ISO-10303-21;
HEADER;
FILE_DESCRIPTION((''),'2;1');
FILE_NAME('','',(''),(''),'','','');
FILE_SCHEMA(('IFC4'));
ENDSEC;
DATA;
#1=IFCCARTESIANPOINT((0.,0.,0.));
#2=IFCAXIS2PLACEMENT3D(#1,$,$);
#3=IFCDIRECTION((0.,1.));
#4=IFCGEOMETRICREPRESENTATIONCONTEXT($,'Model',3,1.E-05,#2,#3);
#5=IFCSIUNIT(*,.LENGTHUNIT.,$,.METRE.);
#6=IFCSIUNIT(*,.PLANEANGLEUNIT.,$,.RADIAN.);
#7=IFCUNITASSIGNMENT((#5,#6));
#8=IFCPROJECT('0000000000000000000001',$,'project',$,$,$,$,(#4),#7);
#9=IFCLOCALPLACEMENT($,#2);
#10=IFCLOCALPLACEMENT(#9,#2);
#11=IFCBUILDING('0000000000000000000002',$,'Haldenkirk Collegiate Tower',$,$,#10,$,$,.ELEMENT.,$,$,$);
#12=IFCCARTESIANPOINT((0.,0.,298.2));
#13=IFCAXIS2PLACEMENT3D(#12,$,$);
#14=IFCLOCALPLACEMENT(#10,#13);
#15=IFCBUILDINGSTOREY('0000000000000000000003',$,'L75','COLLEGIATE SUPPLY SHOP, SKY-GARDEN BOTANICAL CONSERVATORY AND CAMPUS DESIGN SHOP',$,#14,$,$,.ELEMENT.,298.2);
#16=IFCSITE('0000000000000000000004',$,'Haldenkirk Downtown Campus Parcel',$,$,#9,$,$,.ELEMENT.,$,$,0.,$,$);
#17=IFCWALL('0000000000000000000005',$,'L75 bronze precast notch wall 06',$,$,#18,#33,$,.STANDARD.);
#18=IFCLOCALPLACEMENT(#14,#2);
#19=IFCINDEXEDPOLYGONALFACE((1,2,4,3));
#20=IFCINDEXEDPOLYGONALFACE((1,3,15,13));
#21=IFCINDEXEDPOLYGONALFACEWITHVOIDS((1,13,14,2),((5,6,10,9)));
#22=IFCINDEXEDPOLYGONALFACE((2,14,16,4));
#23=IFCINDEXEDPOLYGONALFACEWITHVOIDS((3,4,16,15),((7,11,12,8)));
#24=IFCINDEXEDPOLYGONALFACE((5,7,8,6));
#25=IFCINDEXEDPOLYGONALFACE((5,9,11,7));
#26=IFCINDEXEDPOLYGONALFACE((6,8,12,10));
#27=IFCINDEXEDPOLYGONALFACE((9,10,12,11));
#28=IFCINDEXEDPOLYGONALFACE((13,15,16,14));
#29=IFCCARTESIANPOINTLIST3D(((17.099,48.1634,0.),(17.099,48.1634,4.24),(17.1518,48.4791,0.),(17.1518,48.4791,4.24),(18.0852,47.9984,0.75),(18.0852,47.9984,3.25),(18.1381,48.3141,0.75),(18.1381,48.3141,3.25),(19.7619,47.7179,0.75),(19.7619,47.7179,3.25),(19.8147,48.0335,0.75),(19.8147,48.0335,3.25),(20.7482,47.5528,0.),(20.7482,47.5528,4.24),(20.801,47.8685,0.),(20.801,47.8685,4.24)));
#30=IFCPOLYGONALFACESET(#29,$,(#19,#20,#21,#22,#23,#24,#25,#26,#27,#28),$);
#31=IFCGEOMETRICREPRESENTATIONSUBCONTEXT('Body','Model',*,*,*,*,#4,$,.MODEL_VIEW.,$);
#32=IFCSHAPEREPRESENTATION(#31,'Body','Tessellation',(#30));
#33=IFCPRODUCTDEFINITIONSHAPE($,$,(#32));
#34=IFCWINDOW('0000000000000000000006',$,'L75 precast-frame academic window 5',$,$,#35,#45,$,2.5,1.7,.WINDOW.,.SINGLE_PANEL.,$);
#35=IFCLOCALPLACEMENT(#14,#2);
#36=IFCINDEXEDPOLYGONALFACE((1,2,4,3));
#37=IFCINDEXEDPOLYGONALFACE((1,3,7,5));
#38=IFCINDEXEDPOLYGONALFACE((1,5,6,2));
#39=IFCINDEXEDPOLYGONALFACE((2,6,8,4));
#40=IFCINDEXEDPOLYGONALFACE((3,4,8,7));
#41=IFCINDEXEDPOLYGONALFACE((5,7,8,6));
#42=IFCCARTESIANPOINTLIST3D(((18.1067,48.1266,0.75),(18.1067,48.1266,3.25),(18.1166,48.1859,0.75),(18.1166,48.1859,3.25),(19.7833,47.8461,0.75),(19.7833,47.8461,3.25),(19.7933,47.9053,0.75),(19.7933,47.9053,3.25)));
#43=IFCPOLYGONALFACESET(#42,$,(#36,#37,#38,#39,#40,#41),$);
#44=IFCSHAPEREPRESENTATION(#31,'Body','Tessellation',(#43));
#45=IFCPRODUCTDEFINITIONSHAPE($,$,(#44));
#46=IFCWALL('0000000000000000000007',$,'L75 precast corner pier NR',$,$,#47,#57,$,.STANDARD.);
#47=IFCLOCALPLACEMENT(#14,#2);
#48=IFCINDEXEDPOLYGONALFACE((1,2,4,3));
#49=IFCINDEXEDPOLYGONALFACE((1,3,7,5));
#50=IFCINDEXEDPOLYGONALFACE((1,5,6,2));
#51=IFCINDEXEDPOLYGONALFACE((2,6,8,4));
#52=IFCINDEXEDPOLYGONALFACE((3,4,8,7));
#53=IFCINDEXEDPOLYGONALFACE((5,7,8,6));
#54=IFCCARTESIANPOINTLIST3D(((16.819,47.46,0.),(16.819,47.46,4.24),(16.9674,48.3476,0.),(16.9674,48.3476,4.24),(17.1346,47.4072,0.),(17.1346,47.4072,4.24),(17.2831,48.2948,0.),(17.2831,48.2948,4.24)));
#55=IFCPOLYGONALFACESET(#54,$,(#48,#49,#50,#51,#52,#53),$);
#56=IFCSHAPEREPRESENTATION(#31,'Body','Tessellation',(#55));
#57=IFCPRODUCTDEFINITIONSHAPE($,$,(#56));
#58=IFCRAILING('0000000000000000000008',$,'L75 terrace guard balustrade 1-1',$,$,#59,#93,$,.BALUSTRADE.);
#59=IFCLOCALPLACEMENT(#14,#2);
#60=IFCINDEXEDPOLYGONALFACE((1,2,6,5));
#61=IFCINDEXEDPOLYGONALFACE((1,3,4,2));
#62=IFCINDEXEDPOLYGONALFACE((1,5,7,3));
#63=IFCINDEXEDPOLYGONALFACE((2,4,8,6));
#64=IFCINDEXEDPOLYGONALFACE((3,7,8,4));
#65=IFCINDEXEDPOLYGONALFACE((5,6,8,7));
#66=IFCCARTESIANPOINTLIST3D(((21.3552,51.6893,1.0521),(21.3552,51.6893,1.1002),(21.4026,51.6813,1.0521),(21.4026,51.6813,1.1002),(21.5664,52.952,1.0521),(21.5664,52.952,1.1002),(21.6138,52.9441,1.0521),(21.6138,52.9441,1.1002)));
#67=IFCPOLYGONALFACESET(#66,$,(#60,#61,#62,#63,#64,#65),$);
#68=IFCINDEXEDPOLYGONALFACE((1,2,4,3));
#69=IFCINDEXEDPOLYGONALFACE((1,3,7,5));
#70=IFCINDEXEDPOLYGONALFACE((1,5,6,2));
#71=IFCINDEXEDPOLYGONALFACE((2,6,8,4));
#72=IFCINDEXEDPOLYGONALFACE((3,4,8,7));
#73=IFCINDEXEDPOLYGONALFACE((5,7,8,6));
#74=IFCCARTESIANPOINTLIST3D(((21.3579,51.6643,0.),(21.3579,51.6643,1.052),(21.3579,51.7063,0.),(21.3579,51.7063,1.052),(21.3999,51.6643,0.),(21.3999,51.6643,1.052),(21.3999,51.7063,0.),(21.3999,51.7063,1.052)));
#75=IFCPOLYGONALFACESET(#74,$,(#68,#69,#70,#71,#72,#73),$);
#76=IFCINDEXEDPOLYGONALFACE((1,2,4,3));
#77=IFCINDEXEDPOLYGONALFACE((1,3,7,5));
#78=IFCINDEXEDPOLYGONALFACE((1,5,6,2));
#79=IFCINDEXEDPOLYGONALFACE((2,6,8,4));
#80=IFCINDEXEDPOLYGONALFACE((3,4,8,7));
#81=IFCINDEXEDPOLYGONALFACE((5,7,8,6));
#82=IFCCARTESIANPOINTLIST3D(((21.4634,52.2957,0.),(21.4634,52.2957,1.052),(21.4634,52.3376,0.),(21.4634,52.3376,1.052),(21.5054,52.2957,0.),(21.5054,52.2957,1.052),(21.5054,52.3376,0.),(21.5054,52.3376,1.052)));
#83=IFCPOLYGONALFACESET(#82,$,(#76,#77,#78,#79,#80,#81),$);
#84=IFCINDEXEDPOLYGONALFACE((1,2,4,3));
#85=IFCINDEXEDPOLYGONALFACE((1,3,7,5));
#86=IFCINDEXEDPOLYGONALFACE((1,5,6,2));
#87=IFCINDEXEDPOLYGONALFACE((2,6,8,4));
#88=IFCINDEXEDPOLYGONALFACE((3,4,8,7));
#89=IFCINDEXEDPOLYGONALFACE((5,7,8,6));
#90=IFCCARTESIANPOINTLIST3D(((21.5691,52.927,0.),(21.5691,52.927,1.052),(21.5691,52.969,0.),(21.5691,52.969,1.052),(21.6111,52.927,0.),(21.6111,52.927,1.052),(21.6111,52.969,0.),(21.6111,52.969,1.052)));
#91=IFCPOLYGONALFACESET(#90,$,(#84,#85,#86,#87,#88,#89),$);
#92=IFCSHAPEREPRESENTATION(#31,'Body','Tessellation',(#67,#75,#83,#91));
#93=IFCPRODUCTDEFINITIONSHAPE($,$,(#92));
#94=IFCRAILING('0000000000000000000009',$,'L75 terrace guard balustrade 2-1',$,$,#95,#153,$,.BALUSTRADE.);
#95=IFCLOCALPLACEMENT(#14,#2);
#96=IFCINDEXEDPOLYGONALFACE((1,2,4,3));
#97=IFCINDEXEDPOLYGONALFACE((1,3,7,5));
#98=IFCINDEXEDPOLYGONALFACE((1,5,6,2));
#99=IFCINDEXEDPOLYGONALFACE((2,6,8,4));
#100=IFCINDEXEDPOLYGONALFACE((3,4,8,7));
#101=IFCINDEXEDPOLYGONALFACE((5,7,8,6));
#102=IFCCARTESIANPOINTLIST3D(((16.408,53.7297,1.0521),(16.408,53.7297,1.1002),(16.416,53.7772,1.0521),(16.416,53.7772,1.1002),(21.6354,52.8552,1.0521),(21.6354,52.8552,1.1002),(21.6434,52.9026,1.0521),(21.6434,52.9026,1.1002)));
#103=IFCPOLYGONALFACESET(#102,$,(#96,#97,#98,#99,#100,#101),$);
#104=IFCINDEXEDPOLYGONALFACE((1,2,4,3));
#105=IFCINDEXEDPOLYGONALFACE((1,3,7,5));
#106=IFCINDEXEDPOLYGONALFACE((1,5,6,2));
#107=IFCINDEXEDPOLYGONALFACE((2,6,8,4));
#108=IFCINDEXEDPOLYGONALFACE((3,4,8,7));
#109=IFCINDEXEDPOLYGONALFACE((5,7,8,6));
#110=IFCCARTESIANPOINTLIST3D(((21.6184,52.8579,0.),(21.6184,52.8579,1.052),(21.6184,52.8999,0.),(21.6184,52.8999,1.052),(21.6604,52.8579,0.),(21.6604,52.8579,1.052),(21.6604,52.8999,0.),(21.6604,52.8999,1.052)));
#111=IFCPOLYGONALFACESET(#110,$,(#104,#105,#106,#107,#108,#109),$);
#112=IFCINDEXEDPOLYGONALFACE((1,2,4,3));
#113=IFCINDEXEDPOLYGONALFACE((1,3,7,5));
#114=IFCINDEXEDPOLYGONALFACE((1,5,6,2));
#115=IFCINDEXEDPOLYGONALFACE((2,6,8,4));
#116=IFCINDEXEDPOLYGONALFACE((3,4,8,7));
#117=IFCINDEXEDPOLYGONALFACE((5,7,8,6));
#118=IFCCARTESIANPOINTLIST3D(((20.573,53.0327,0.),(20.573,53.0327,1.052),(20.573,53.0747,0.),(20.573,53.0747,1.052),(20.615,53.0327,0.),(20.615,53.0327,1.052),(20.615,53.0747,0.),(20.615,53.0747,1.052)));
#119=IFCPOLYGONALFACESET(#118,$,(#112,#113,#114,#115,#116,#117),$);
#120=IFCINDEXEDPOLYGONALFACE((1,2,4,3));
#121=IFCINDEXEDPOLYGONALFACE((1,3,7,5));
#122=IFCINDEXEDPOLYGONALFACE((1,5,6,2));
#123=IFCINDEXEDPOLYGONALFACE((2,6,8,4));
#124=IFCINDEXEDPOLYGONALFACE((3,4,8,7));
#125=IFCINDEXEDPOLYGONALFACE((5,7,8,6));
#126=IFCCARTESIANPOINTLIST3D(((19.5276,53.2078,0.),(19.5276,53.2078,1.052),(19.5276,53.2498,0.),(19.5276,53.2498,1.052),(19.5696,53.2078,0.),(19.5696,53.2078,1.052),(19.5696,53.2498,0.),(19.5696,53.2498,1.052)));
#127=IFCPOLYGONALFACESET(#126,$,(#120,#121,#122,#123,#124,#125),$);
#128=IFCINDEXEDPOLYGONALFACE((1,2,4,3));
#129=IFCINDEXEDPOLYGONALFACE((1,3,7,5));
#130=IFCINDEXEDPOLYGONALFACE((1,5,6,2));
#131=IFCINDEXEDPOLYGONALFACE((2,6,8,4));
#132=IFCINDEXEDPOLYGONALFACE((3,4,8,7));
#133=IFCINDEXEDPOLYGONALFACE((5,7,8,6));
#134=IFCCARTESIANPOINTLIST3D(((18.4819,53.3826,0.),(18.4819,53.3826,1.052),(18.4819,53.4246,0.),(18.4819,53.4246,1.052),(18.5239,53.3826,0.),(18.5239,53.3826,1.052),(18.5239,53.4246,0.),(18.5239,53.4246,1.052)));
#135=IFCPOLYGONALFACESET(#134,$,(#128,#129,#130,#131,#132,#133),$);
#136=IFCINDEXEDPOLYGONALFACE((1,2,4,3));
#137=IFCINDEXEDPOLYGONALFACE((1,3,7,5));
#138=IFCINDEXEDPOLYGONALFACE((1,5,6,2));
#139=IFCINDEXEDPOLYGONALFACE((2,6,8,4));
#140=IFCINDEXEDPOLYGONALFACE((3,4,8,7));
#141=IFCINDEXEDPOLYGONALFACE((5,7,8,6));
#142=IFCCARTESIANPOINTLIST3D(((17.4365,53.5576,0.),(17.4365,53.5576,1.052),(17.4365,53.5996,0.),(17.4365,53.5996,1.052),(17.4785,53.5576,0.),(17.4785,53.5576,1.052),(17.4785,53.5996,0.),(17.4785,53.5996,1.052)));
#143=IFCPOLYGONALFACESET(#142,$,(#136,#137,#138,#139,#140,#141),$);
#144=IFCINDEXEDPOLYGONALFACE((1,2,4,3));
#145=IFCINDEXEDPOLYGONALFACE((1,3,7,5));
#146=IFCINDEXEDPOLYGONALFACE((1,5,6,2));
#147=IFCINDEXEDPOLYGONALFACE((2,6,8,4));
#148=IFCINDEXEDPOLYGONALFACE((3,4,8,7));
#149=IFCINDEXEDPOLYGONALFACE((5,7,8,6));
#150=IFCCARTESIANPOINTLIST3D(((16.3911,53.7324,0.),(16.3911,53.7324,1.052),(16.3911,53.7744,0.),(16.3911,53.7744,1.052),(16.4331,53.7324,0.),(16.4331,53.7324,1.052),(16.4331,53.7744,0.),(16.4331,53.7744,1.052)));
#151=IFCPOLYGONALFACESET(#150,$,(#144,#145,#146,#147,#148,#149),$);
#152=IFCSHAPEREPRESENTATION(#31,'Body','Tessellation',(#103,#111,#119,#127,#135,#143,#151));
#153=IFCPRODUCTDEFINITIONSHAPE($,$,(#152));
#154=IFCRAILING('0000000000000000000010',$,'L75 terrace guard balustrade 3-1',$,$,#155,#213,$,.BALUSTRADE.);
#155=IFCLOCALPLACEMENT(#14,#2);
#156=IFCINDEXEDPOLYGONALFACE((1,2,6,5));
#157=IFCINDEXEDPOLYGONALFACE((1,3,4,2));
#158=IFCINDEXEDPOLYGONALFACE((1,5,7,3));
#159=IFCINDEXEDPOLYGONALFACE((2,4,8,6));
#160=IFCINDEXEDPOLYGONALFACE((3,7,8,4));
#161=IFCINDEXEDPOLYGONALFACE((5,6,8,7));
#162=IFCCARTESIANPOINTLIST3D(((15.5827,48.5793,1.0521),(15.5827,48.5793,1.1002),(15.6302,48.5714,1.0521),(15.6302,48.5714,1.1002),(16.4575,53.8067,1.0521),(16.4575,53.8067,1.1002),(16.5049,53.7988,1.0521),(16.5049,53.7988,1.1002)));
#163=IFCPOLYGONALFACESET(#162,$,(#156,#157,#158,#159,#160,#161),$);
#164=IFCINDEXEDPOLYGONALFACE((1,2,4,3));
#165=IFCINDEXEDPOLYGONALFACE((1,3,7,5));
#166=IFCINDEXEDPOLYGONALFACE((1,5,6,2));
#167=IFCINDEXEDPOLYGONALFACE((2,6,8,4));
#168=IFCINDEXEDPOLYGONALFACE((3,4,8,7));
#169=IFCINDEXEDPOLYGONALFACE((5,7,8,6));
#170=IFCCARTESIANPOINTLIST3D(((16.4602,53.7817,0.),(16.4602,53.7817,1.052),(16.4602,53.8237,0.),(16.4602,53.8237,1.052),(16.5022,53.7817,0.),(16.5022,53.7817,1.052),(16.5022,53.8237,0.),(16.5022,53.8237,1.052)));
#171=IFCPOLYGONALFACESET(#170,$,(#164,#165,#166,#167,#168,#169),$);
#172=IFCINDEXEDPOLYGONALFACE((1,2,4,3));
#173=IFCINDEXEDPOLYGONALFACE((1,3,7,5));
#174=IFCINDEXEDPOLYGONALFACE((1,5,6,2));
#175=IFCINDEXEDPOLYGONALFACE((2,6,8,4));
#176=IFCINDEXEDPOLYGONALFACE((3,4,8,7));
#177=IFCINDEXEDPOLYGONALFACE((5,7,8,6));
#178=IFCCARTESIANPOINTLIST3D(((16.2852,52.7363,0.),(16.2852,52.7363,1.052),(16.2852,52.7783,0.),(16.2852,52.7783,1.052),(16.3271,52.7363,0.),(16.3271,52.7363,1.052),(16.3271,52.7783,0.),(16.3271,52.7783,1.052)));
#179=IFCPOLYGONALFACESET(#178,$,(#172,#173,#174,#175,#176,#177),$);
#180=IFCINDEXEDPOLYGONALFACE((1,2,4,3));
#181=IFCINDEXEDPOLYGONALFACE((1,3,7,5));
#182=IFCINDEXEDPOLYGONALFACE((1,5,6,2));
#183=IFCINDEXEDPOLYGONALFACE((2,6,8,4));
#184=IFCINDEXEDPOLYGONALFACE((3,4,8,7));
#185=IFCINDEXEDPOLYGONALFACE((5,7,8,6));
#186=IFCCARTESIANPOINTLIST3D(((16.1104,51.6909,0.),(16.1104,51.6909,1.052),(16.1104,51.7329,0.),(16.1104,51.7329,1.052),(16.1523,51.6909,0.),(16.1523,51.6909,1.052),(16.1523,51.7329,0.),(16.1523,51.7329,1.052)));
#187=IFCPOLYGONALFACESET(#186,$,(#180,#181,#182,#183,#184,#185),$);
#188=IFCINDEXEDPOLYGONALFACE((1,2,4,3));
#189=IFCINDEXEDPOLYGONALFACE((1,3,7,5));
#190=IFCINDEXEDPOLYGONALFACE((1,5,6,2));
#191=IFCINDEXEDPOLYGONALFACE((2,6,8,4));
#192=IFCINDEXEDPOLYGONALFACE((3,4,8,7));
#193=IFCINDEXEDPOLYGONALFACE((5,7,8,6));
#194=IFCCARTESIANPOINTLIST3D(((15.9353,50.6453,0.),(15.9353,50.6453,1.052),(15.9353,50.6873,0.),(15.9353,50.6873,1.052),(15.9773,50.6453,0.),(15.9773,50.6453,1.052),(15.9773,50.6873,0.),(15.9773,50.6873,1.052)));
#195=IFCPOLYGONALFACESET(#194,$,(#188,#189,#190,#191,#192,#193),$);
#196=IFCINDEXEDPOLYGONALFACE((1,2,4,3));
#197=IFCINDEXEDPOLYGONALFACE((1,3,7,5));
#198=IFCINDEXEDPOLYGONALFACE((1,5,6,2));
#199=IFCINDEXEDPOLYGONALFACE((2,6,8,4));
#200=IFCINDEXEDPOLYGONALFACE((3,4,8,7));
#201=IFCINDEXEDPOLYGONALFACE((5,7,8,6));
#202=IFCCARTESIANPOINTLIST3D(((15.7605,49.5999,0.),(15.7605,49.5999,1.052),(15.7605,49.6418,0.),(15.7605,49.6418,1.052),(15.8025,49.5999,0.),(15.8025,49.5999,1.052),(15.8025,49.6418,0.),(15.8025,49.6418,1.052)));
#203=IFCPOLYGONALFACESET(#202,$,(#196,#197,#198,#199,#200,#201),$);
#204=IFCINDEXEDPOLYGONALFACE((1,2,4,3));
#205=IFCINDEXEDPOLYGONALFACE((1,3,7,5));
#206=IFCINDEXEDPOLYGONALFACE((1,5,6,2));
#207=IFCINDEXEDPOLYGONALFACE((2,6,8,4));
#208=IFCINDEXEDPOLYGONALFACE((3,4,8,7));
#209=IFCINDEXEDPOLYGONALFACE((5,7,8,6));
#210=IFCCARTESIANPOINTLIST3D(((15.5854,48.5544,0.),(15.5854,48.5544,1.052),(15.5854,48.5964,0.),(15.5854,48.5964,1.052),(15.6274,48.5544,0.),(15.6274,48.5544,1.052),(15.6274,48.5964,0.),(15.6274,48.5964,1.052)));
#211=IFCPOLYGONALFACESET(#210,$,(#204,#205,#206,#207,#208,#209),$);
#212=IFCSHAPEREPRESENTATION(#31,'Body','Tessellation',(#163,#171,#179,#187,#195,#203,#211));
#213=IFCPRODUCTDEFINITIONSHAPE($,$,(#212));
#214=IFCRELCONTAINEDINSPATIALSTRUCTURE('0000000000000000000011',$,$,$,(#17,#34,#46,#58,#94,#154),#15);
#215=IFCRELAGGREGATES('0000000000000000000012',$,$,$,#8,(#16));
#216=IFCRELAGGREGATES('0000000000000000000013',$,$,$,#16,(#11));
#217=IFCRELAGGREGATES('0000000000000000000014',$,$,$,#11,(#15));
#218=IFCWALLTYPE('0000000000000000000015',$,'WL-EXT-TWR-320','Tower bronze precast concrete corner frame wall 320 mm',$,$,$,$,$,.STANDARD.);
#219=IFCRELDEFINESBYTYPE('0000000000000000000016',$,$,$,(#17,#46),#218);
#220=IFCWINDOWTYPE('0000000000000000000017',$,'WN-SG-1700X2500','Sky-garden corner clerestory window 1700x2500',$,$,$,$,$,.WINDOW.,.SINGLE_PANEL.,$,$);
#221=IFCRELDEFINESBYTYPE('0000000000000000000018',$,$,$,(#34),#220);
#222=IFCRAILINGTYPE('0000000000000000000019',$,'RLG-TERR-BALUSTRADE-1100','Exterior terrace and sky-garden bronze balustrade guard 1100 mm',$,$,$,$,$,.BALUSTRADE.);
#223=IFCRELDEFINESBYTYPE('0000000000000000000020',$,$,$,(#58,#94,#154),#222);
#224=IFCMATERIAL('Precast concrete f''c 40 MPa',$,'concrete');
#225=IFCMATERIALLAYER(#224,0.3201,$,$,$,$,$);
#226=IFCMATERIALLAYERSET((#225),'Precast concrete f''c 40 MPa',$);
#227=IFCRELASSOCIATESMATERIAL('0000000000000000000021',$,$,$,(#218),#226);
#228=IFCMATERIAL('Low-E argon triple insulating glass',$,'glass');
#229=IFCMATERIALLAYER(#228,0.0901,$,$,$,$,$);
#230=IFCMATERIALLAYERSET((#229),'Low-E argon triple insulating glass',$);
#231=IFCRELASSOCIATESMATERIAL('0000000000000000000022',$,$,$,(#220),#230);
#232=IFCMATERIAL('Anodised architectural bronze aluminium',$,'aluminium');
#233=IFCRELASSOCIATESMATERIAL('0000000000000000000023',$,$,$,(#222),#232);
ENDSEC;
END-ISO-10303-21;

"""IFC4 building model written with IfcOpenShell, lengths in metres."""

from ifc_helpers import new_model, si_unit, direction, frame, frame_2d, origin, origin_2d, place, context, subcontext, project, spatial, rectangle, extrude, material, layer, layer_set, type_object, element, fill, save


model = new_model("IFC4")

# Units and contexts
model_context = context("Model", 3, precision=1e-05, world=origin(), true_north=direction((0.0, 1.0)))
body_context = subcontext(model_context, "Body", "Model", "MODEL_VIEW")
ifc_project = project(units=[si_unit("LENGTHUNIT", "METRE"), si_unit("PLANEANGLEUNIT", "RADIAN")], contexts=[model_context])

# Site, building, storey
site_placement = place(None, origin())
site = spatial("IfcSite", under=ifc_project, at=site_placement, Name="Haldenkirk Downtown Campus Parcel", CompositionType="ELEMENT", RefElevation=0.0)
building_placement = place(site_placement, origin())
building = spatial("IfcBuilding", under=site, at=building_placement, Name="Haldenkirk Collegiate Tower", CompositionType="ELEMENT")
storey_placement = place(building_placement, frame((0.0, 0.0, 298.2)))
storey = spatial("IfcBuildingStorey", under=building, at=storey_placement, Name="L75", Description="COLLEGIATE SUPPLY SHOP, SKY-GARDEN BOTANICAL CONSERVATORY AND CAMPUS DESIGN SHOP", CompositionType="ELEMENT", Elevation=298.2)

# Shared definitions
ifc_material_1 = material(Name="Anodised architectural bronze aluminium", Category="aluminium")

# Shared definitions
ifc_material_2 = material(Name="Low-E argon triple insulating glass", Category="glass")

# Shared definitions
ifc_material_3 = material(Name="Precast concrete f'c 40 MPa", Category="concrete")
ifc_layer_1 = layer(ifc_material_3, 0.3201)
ifc_layer_set_1 = layer_set([ifc_layer_1], Name="Precast concrete f'c 40 MPa")
wall_type = type_object("IfcWallType", Name="WL-EXT-TWR-320", Description="Tower bronze precast concrete corner frame wall 320 mm", PredefinedType="STANDARD", material=ifc_layer_set_1)

# Wall, opening, window
wall_1_placement = place(storey_placement, frame((17.1252, 48.3213, 0.0), z_axis=(0.0, 0.0, 1.0), x_axis=(0.986289, -0.16503, 0.0)))
wall_1 = element("IfcWall", 1, at=wall_1_placement, inside=storey, type_object=wall_type, Name="L75 bronze precast notch wall 06", PredefinedType="STANDARD", context=body_context, shape_type="SweptSolid", body=[
    extrude(rectangle(XDim=3.7, YDim=0.3201, at=frame_2d((1.8501, 0.0))), origin(), (0.0, 0.0, 1.0), 4.24),
])
opening_1_placement = place(wall_1_placement, frame((1.0, 0.0, 0.75)))
opening_1 = element("IfcOpeningElement", 2, at=opening_1_placement, cuts=wall_1, PredefinedType="OPENING", context=body_context, shape_type="SweptSolid", body=[
    extrude(rectangle(XDim=1.7, YDim=2.5, at=frame_2d((0.8501, 1.25))), frame((0.0, 0.1699, 0.0), z_axis=(0.0, -1.0, 0.0), x_axis=(1.0, 0.0, 0.0)), (0.0, 0.0, 1.0), 0.3401),
])
ifc_layer_2 = layer(ifc_material_2, 0.0901)
ifc_layer_set_2 = layer_set([ifc_layer_2], Name="Low-E argon triple insulating glass")
window_type = type_object("IfcWindowType", Name="WN-SG-1700X2500", Description="Sky-garden corner clerestory window 1700x2500", PartitioningType="SINGLE_PANEL", PredefinedType="WINDOW", material=ifc_layer_set_2)
window_placement = place(opening_1_placement, origin())
window = element("IfcWindow", 3, at=window_placement, inside=storey, type_object=window_type, Name="L75 precast-frame academic window 5", OverallHeight=2.5, OverallWidth=1.7, PartitioningType="SINGLE_PANEL", PredefinedType="WINDOW", context=body_context, shape_type="SweptSolid", body=[
    extrude(rectangle(XDim=1.7, YDim=2.5, at=frame_2d((0.8501, 1.25))), frame((0.0, 0.03, 0.0), z_axis=(0.0, -1.0, 0.0), x_axis=(1.0, 0.0, 0.0)), (0.0, 0.0, 1.0), 0.0601),
])
fill(opening_1, window)

# Wall
wall_2_placement = place(storey_placement, frame((16.9768, 47.4336, 0.0), z_axis=(0.0, 0.0, 1.0), x_axis=(0.164927, 0.986306, 0.0)))
element("IfcWall", 4, at=wall_2_placement, inside=storey, type_object=wall_type, Name="L75 precast corner pier NR", PredefinedType="STANDARD", context=body_context, shape_type="SweptSolid", body=[
    extrude(rectangle(XDim=0.8999, YDim=0.3201, at=frame_2d((0.45, 0.0))), origin(), (0.0, 0.0, 1.0), 4.24),
])

# Railings
railing_type = type_object("IfcRailingType", Name="RLG-TERR-BALUSTRADE-1100", Description="Exterior terrace and sky-garden bronze balustrade guard 1100 mm", PredefinedType="BALUSTRADE", material=ifc_material_1)
railing_1_placement = place(storey_placement, frame((21.3789, 51.6853, 0.0)))
element("IfcRailing", 5, at=railing_1_placement, inside=storey, type_object=railing_type, Name="L75 terrace guard balustrade 1-1", PredefinedType="BALUSTRADE", context=body_context, shape_type="SweptSolid", body=[
    extrude(rectangle(XDim=0.0481, YDim=0.0481, at=origin_2d()), frame((0.0, 0.0, 1.0762), z_axis=(0.164956, 0.986301, 0.0), x_axis=(-0.986301, 0.164956, 0.0)), (0.0, 0.0, 1.0), 1.2803),
    extrude(rectangle(XDim=0.042, YDim=0.042, at=origin_2d()), origin(), (0.0, 0.0, 1.0), 1.052),
    extrude(rectangle(XDim=0.042, YDim=0.042, at=origin_2d()), frame((0.1055, 0.6313, 0.0)), (0.0, 0.0, 1.0), 1.052),
    extrude(rectangle(XDim=0.042, YDim=0.042, at=origin_2d()), frame((0.2112, 1.2627, 0.0)), (0.0, 0.0, 1.0), 1.052),
])
railing_2_placement = place(storey_placement, frame((21.6394, 52.8789, 0.0)))
element("IfcRailing", 6, at=railing_2_placement, inside=storey, type_object=railing_type, Name="L75 terrace guard balustrade 2-1", PredefinedType="BALUSTRADE", context=body_context, shape_type="SweptSolid", body=[
    extrude(rectangle(XDim=0.0481, YDim=0.0481, at=origin_2d()), frame((0.0, 0.0, 1.0762), z_axis=(-0.986293, 0.165004, 0.0), x_axis=(-0.165004, -0.986293, 0.0)), (0.0, 0.0, 1.0), 5.3),
    extrude(rectangle(XDim=0.042, YDim=0.042, at=origin_2d()), origin(), (0.0, 0.0, 1.0), 1.052),
    extrude(rectangle(XDim=0.042, YDim=0.042, at=origin_2d()), frame((-1.0454, 0.1748, 0.0)), (0.0, 0.0, 1.0), 1.052),
    extrude(rectangle(XDim=0.042, YDim=0.042, at=origin_2d()), frame((-2.0908, 0.3499, 0.0)), (0.0, 0.0, 1.0), 1.052),
    extrude(rectangle(XDim=0.042, YDim=0.042, at=origin_2d()), frame((-3.1365, 0.5247, 0.0)), (0.0, 0.0, 1.0), 1.052),
    extrude(rectangle(XDim=0.042, YDim=0.042, at=origin_2d()), frame((-4.1819, 0.6997, 0.0)), (0.0, 0.0, 1.0), 1.052),
    extrude(rectangle(XDim=0.042, YDim=0.042, at=origin_2d()), frame((-5.2273, 0.8745, 0.0)), (0.0, 0.0, 1.0), 1.052),
])
railing_3_placement = place(storey_placement, frame((16.4812, 53.8027, 0.0)))
element("IfcRailing", 7, at=railing_3_placement, inside=storey, type_object=railing_type, Name="L75 terrace guard balustrade 3-1", PredefinedType="BALUSTRADE", context=body_context, shape_type="SweptSolid", body=[
    extrude(rectangle(XDim=0.0481, YDim=0.0481, at=origin_2d()), frame((0.0, 0.0, 1.0762), z_axis=(-0.165049, -0.986285, 0.0), x_axis=(0.986285, -0.165049, 0.0)), (0.0, 0.0, 1.0), 5.3),
    extrude(rectangle(XDim=0.042, YDim=0.042, at=origin_2d()), origin(), (0.0, 0.0, 1.0), 1.052),
    extrude(rectangle(XDim=0.042, YDim=0.042, at=origin_2d()), frame((-0.175, -1.0454, 0.0)), (0.0, 0.0, 1.0), 1.052),
    extrude(rectangle(XDim=0.042, YDim=0.042, at=origin_2d()), frame((-0.3499, -2.0908, 0.0)), (0.0, 0.0, 1.0), 1.052),
    extrude(rectangle(XDim=0.042, YDim=0.042, at=origin_2d()), frame((-0.5249, -3.1365, 0.0)), (0.0, 0.0, 1.0), 1.052),
    extrude(rectangle(XDim=0.042, YDim=0.042, at=origin_2d()), frame((-0.6997, -4.1819, 0.0)), (0.0, 0.0, 1.0), 1.052),
    extrude(rectangle(XDim=0.042, YDim=0.042, at=origin_2d()), frame((-0.8748, -5.2273, 0.0)), (0.0, 0.0, 1.0), 1.052),
])

save(model, "model.ifc")
